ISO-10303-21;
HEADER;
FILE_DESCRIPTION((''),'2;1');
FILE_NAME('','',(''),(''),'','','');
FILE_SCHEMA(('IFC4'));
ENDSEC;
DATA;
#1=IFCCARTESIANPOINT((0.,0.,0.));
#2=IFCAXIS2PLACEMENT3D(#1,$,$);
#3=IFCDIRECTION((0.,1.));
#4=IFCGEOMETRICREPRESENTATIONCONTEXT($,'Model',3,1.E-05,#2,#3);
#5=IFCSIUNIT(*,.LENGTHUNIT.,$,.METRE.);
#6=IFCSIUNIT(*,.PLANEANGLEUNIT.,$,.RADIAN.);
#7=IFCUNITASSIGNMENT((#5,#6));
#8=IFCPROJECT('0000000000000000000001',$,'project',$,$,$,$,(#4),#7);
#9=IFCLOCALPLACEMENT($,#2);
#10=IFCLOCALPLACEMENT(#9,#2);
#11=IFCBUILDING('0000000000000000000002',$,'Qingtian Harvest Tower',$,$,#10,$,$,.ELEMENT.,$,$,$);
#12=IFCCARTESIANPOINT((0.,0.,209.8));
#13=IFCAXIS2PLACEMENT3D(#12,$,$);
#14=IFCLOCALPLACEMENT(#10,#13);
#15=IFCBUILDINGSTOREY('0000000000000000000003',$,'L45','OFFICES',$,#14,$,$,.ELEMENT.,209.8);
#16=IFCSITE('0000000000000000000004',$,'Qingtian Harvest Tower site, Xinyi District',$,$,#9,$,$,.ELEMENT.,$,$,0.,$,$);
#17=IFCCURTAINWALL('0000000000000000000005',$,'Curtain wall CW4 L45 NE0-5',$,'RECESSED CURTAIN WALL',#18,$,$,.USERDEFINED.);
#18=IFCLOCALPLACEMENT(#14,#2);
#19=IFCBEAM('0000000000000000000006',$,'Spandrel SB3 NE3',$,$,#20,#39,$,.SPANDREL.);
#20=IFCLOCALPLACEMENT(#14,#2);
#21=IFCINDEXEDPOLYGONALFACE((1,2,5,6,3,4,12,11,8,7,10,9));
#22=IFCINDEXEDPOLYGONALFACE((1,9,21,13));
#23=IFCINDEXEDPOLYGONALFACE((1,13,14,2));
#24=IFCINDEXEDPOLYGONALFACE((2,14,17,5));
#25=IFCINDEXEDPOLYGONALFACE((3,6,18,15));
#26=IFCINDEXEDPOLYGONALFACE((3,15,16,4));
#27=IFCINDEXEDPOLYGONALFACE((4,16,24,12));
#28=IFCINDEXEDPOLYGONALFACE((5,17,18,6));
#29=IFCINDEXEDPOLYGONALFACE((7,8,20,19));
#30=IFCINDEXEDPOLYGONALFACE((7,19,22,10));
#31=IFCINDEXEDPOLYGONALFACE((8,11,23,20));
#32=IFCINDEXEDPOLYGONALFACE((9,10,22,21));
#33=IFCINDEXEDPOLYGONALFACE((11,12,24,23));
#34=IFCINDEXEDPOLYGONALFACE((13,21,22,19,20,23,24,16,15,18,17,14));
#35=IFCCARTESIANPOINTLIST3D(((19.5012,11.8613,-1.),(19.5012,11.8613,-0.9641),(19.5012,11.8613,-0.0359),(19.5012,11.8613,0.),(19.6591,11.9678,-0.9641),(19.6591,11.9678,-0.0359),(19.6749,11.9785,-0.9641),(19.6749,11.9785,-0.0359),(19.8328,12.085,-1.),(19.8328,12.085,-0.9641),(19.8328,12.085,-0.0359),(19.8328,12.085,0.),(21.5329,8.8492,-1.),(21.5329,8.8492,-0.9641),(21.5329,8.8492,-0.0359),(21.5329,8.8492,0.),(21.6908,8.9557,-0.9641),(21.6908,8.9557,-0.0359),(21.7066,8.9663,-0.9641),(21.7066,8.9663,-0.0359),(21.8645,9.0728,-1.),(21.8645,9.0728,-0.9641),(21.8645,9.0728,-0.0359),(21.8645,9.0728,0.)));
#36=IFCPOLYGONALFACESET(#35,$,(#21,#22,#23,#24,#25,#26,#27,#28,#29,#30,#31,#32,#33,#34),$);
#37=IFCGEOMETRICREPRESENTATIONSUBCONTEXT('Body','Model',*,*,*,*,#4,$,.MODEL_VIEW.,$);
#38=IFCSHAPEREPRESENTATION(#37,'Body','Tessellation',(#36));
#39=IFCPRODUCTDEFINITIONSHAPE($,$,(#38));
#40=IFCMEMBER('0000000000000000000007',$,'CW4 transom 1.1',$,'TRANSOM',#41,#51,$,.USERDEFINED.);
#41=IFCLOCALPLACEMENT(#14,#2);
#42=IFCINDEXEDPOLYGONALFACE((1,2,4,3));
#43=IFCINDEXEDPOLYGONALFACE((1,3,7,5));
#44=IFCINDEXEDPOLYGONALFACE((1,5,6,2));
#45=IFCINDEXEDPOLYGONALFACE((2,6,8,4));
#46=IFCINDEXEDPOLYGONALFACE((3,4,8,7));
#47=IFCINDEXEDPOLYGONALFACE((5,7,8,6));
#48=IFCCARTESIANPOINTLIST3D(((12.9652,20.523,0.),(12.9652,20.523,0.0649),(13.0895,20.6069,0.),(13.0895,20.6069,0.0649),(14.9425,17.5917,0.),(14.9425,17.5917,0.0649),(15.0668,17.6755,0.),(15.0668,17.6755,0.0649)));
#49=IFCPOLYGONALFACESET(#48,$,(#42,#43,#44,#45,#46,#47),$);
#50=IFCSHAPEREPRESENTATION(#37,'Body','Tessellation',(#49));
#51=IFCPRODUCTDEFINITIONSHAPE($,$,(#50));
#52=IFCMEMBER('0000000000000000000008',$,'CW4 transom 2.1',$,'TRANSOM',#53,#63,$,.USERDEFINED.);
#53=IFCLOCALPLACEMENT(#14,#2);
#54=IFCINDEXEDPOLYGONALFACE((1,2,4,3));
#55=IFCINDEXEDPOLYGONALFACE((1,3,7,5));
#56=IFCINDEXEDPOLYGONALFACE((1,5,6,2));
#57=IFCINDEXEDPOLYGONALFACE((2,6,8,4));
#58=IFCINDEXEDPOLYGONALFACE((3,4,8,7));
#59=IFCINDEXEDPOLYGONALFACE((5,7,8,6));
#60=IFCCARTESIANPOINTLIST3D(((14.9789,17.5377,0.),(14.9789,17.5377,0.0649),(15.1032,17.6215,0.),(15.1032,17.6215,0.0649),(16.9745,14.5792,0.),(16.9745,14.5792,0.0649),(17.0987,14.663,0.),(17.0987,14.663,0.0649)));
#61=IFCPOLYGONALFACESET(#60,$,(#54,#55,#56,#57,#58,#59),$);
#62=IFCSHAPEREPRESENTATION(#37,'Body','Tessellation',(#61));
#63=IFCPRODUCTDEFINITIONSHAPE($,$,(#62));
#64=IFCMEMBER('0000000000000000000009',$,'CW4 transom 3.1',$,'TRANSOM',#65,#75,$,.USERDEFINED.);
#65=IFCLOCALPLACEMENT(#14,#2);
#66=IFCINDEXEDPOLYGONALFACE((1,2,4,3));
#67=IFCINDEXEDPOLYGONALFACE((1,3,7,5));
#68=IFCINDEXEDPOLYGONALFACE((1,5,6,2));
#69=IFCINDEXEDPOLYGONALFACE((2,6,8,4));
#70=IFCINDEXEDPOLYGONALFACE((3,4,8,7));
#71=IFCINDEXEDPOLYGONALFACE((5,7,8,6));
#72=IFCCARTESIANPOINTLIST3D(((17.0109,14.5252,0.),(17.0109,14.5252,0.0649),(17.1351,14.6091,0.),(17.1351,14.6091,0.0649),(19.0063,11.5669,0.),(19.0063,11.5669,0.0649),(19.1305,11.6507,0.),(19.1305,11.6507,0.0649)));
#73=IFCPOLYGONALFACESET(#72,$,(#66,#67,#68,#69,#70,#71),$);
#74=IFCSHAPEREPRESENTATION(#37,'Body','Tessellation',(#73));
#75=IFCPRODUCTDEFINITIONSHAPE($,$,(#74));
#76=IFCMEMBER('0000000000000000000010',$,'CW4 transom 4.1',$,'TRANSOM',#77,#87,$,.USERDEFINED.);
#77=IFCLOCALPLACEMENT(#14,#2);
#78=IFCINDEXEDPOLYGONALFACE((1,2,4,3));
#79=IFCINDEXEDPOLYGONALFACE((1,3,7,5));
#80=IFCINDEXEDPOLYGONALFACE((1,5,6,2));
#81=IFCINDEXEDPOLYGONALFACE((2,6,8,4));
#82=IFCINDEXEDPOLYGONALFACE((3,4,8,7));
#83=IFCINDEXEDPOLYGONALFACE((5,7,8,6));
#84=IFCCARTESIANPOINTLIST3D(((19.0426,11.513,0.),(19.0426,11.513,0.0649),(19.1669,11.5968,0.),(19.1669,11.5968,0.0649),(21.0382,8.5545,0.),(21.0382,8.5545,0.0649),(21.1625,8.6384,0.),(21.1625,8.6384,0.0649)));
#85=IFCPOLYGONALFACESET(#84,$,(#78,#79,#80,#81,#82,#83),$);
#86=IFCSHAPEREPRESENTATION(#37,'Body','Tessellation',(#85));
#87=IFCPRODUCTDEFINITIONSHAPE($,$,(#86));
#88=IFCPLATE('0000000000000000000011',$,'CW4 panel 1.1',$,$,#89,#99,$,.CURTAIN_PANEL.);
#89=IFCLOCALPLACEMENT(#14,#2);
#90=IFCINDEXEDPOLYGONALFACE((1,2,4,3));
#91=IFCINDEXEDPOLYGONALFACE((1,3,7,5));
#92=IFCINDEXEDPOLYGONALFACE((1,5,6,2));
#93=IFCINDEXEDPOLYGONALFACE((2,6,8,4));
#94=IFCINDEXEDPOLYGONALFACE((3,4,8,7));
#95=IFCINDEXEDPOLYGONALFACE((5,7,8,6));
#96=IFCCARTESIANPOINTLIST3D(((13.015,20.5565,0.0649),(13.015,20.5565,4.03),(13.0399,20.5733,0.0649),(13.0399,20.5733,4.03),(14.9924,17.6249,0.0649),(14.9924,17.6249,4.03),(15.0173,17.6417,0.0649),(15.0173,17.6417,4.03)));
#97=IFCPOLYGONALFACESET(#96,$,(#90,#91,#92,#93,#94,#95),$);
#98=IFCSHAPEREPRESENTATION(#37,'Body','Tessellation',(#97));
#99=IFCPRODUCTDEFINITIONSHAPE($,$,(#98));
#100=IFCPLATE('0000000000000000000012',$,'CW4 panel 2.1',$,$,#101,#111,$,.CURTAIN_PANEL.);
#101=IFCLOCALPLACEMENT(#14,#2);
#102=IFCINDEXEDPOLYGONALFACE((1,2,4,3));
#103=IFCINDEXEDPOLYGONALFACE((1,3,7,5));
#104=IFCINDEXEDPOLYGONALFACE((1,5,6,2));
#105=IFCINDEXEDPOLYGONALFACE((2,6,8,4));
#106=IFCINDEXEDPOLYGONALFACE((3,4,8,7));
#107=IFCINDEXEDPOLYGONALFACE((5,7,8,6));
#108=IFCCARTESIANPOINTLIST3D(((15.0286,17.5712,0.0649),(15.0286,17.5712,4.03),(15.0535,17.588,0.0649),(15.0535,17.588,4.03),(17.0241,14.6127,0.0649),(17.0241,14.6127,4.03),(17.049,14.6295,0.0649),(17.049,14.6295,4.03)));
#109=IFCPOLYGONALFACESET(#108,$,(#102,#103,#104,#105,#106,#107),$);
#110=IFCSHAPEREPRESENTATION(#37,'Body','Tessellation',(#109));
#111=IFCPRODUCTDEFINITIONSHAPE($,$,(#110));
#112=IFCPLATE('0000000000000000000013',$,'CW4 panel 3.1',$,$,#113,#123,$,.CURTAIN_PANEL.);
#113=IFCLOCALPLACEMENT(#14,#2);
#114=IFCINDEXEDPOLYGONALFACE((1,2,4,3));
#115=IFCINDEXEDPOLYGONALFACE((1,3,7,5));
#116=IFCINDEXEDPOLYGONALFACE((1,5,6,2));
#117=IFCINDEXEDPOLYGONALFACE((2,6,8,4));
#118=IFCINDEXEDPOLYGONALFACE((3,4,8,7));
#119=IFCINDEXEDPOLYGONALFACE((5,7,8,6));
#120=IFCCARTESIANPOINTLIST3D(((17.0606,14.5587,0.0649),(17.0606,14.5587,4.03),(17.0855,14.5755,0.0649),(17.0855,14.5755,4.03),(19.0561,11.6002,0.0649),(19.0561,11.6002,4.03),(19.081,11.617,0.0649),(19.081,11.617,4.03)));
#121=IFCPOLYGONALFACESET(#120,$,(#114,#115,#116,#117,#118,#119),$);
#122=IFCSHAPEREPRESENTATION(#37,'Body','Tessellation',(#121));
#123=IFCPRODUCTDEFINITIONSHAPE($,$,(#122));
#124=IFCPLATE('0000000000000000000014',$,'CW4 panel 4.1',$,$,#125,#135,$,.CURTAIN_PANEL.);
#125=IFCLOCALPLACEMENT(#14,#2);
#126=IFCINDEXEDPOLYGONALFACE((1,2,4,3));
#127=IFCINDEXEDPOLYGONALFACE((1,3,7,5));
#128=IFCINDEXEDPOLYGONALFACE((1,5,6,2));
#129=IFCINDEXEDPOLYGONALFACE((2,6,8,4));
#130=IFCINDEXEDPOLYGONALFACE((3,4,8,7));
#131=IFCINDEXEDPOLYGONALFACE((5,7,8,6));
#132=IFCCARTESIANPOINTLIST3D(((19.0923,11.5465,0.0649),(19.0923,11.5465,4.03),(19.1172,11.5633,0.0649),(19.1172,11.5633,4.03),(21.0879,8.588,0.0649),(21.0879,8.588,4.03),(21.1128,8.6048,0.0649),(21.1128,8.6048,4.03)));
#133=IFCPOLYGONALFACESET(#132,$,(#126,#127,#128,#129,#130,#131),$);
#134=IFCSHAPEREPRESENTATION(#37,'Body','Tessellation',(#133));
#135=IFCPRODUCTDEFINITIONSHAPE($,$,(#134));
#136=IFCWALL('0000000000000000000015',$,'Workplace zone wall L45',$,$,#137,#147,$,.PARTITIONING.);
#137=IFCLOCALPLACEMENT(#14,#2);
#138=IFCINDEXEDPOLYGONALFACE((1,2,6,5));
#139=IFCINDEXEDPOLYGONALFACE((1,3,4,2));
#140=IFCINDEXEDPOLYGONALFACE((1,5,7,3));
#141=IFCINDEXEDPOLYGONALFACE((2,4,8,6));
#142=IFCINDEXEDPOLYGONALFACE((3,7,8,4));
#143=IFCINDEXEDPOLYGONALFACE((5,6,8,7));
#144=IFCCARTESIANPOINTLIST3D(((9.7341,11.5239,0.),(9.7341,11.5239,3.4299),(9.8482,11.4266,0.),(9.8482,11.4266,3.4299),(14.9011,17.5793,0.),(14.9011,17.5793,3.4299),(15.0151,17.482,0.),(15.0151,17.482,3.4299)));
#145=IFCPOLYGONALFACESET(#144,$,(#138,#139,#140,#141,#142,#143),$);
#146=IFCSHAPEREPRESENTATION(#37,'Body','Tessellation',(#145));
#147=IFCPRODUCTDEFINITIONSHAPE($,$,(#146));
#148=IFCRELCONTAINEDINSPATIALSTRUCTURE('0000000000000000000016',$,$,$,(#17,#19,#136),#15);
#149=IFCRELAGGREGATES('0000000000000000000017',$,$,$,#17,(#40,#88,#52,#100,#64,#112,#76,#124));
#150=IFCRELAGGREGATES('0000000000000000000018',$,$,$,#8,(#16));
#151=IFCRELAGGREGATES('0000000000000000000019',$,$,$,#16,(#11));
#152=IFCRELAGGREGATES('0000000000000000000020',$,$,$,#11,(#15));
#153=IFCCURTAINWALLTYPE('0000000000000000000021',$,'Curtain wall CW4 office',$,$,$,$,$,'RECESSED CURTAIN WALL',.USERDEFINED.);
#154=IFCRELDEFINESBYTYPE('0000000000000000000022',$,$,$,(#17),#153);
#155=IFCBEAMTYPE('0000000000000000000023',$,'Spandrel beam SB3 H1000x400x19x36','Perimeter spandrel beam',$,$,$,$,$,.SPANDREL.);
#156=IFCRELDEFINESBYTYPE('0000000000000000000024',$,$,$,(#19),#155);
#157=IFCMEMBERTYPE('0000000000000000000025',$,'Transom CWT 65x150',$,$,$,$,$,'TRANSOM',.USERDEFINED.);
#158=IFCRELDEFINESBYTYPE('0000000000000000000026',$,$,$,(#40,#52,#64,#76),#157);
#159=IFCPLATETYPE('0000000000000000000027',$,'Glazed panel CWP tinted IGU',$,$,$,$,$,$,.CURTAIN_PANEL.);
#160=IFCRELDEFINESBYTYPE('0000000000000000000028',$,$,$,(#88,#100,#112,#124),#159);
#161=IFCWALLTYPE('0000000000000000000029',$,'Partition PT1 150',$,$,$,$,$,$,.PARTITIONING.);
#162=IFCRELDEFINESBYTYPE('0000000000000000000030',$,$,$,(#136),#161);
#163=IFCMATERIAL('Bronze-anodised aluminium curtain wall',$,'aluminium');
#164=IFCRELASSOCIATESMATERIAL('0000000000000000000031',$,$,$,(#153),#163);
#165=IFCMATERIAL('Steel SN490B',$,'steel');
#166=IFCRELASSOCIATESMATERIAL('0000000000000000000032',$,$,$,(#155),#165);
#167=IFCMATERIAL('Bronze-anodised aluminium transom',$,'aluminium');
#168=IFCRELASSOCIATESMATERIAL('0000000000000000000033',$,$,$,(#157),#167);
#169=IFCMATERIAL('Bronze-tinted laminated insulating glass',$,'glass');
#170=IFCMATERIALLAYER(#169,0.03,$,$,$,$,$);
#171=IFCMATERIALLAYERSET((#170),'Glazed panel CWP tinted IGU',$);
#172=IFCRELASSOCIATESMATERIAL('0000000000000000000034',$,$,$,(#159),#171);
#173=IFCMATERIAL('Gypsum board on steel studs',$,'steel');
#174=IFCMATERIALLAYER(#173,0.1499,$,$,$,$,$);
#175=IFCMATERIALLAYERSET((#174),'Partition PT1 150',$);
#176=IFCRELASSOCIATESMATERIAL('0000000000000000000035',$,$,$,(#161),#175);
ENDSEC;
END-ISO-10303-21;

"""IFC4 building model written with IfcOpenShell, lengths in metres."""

from ifc_helpers import new_model, si_unit, direction, frame, frame_2d, origin, origin_2d, place, context, subcontext, project, spatial, rectangle, i_section, extrude, material, layer, layer_set, material_profile, profile_set, type_object, element, aggregate, save


model = new_model("IFC4")

# Units and contexts
model_context = context("Model", 3, precision=1e-05, world=origin(), true_north=direction((0.0, 1.0)))
body_context = subcontext(model_context, "Body", "Model", "MODEL_VIEW")
ifc_project = project(units=[si_unit("LENGTHUNIT", "METRE"), si_unit("PLANEANGLEUNIT", "RADIAN")], contexts=[model_context])

# Site, building, storey
site_placement = place(None, origin())
site = spatial("IfcSite", under=ifc_project, at=site_placement, Name="Qingtian Harvest Tower site, Xinyi District", CompositionType="ELEMENT", RefElevation=0.0)
building_placement = place(site_placement, origin())
building = spatial("IfcBuilding", under=site, at=building_placement, Name="Qingtian Harvest Tower", CompositionType="ELEMENT")
storey_placement = place(building_placement, frame((0.0, 0.0, 209.8)))
storey = spatial("IfcBuildingStorey", under=building, at=storey_placement, Name="L45", Description="OFFICES", CompositionType="ELEMENT", Elevation=209.8)

# Curtain wall
ifc_material_1 = material(Name="Bronze-anodised aluminium curtain wall", Category="aluminium")
curtain_wall_type = type_object("IfcCurtainWallType", Name="Curtain wall CW4 office", ElementType="RECESSED CURTAIN WALL", PredefinedType="USERDEFINED", material=ifc_material_1)
curtain_wall_placement = place(storey_placement, origin())
curtain_wall = element("IfcCurtainWall", 1, at=curtain_wall_placement, inside=storey, type_object=curtain_wall_type, Name="Curtain wall CW4 L45 NE0-5", ObjectType="RECESSED CURTAIN WALL", PredefinedType="USERDEFINED")

# Beam
ifc_material_2 = material(Name="Steel SN490B", Category="steel")
ifc_material_profile_1 = material_profile(ifc_material_2, i_section(OverallWidth=0.3999, OverallDepth=1.0, WebThickness=0.019, FlangeThickness=0.0359, at=origin_2d()), Name="H1000x400x19x36")
ifc_profile_set_1 = profile_set([ifc_material_profile_1], Name="Steel SN490B")
beam_type_1 = type_object("IfcBeamType", Name="Spandrel beam SB3 H1000x400x19x36", Description="Perimeter spandrel beam", PredefinedType="SPANDREL", material=ifc_profile_set_1)
beam_1_placement = place(storey_placement, frame((19.667, 11.9731, -0.5), z_axis=(0.559189, -0.82904, 0.0), x_axis=(0.82904, 0.559189, 0.0)))
element("IfcBeam", 2, at=beam_1_placement, inside=storey, type_object=beam_type_1, Name="Spandrel SB3 NE3", PredefinedType="SPANDREL", context=body_context, shape_type="SweptSolid", body=[
    extrude(i_section(OverallWidth=0.3999, OverallDepth=1.0, WebThickness=0.019, FlangeThickness=0.0359, at=origin_2d()), origin(), (0.0, 0.0, 1.0), 3.6333),
])

# Members
ifc_material_3 = material(Name="Bronze-anodised aluminium transom", Category="aluminium")
ifc_material_profile_2 = material_profile(ifc_material_3, rectangle(XDim=0.1499, YDim=0.0649, at=origin_2d()), Name="AL 65x150")
ifc_profile_set_2 = profile_set([ifc_material_profile_2], Name="Bronze-anodised aluminium transom")
member_type_1 = type_object("IfcMemberType", Name="Transom CWT 65x150", ElementType="TRANSOM", PredefinedType="USERDEFINED", material=ifc_profile_set_2)
member_1_placement = place(storey_placement, frame((13.0273, 20.5649, 0.0325), z_axis=(0.559201, -0.829032, 0.0), x_axis=(0.829032, 0.559201, 0.0)))
member_1 = element("IfcMember", 3, at=member_1_placement, type_object=member_type_1, Name="CW4 transom 1.1", ObjectType="TRANSOM", PredefinedType="USERDEFINED", context=body_context, shape_type="SweptSolid", body=[
    extrude(rectangle(XDim=0.1499, YDim=0.0649, at=origin_2d()), origin(), (0.0, 0.0, 1.0), 3.5359),
])
member_2_placement = place(storey_placement, frame((15.041, 17.5796, 0.0325), z_axis=(0.559207, -0.829028, 0.0), x_axis=(0.829028, 0.559207, 0.0)))
member_2 = element("IfcMember", 4, at=member_2_placement, type_object=member_type_1, Name="CW4 transom 2.1", ObjectType="TRANSOM", PredefinedType="USERDEFINED", context=body_context, shape_type="SweptSolid", body=[
    extrude(rectangle(XDim=0.1499, YDim=0.0649, at=origin_2d()), origin(), (0.0, 0.0, 1.0), 3.5686),
])
member_3_placement = place(storey_placement, frame((17.073, 14.5671, 0.0325), z_axis=(0.559192, -0.829038, 0.0), x_axis=(0.829038, 0.559192, 0.0)))
member_3 = element("IfcMember", 5, at=member_3_placement, type_object=member_type_1, Name="CW4 transom 3.1", ObjectType="TRANSOM", PredefinedType="USERDEFINED", context=body_context, shape_type="SweptSolid", body=[
    extrude(rectangle(XDim=0.1499, YDim=0.0649, at=origin_2d()), origin(), (0.0, 0.0, 1.0), 3.5684),
])
member_4_placement = place(storey_placement, frame((19.1047, 11.5549, 0.0325), z_axis=(0.559207, -0.829028, 0.0), x_axis=(0.829028, 0.559207, 0.0)))
member_4 = element("IfcMember", 6, at=member_4_placement, type_object=member_type_1, Name="CW4 transom 4.1", ObjectType="TRANSOM", PredefinedType="USERDEFINED", context=body_context, shape_type="SweptSolid", body=[
    extrude(rectangle(XDim=0.1499, YDim=0.0649, at=origin_2d()), origin(), (0.0, 0.0, 1.0), 3.5686),
])

# Plates
ifc_material_4 = material(Name="Bronze-tinted laminated insulating glass", Category="glass")
ifc_layer_1 = layer(ifc_material_4, 0.03)
ifc_layer_set_1 = layer_set([ifc_layer_1], Name="Glazed panel CWP tinted IGU")
plate_type = type_object("IfcPlateType", Name="Glazed panel CWP tinted IGU", PredefinedType="CURTAIN_PANEL", material=ifc_layer_set_1)
plate_1_placement = place(storey_placement, frame((14.0161, 19.0991, 0.0649), z_axis=(0.0, 0.0, 1.0), x_axis=(0.559193, -0.829038, 0.0)))
plate_1 = element("IfcPlate", 7, at=plate_1_placement, type_object=plate_type, Name="CW4 panel 1.1", PredefinedType="CURTAIN_PANEL", context=body_context, shape_type="SweptSolid", body=[
    extrude(rectangle(XDim=3.5361, YDim=0.03, at=origin_2d()), origin(), (0.0, 0.0, 1.0), 3.9651),
])
plate_2_placement = place(storey_placement, frame((16.0388, 16.1003, 0.0649), z_axis=(0.0, 0.0, 1.0), x_axis=(0.559193, -0.829038, 0.0)))
plate_2 = element("IfcPlate", 8, at=plate_2_placement, type_object=plate_type, Name="CW4 panel 2.1", PredefinedType="CURTAIN_PANEL", context=body_context, shape_type="SweptSolid", body=[
    extrude(rectangle(XDim=3.5686, YDim=0.03, at=origin_2d()), origin(), (0.0, 0.0, 1.0), 3.9651),
])
plate_3_placement = place(storey_placement, frame((18.0708, 13.0879, 0.0649), z_axis=(0.0, 0.0, 1.0), x_axis=(0.559193, -0.829038, 0.0)))
plate_3 = element("IfcPlate", 9, at=plate_3_placement, type_object=plate_type, Name="CW4 panel 3.1", PredefinedType="CURTAIN_PANEL", context=body_context, shape_type="SweptSolid", body=[
    extrude(rectangle(XDim=3.5686, YDim=0.03, at=origin_2d()), origin(), (0.0, 0.0, 1.0), 3.9651),
])
plate_4_placement = place(storey_placement, frame((20.1025, 10.0757, 0.0649), z_axis=(0.0, 0.0, 1.0), x_axis=(0.559193, -0.829038, 0.0)))
plate_4 = element("IfcPlate", 10, at=plate_4_placement, type_object=plate_type, Name="CW4 panel 4.1", PredefinedType="CURTAIN_PANEL", context=body_context, shape_type="SweptSolid", body=[
    extrude(rectangle(XDim=3.5686, YDim=0.03, at=origin_2d()), origin(), (0.0, 0.0, 1.0), 3.9651),
])
aggregate(curtain_wall, [member_1, plate_1, member_2, plate_2, member_3, plate_3, member_4, plate_4])

# Wall
ifc_material_5 = material(Name="Gypsum board on steel studs", Category="steel")
ifc_layer_2 = layer(ifc_material_5, 0.1499)
ifc_layer_set_2 = layer_set([ifc_layer_2], Name="Partition PT1 150")
wall_type = type_object("IfcWallType", Name="Partition PT1 150", PredefinedType="PARTITIONING", material=ifc_layer_set_2)
wall_1_placement = place(storey_placement, frame((14.958, 17.5305, 0.0), z_axis=(0.0, 0.0, 1.0), x_axis=(-0.649098, -0.760705, 0.0)))
element("IfcWall", 11, at=wall_1_placement, inside=storey, type_object=wall_type, Name="Workplace zone wall L45", PredefinedType="PARTITIONING", context=body_context, shape_type="SweptSolid", body=[
    extrude(rectangle(XDim=7.9602, YDim=0.1499, at=frame_2d((3.98, 0.0))), origin(), (0.0, 0.0, 1.0), 3.4299),
])

save(model, "model.ifc")
